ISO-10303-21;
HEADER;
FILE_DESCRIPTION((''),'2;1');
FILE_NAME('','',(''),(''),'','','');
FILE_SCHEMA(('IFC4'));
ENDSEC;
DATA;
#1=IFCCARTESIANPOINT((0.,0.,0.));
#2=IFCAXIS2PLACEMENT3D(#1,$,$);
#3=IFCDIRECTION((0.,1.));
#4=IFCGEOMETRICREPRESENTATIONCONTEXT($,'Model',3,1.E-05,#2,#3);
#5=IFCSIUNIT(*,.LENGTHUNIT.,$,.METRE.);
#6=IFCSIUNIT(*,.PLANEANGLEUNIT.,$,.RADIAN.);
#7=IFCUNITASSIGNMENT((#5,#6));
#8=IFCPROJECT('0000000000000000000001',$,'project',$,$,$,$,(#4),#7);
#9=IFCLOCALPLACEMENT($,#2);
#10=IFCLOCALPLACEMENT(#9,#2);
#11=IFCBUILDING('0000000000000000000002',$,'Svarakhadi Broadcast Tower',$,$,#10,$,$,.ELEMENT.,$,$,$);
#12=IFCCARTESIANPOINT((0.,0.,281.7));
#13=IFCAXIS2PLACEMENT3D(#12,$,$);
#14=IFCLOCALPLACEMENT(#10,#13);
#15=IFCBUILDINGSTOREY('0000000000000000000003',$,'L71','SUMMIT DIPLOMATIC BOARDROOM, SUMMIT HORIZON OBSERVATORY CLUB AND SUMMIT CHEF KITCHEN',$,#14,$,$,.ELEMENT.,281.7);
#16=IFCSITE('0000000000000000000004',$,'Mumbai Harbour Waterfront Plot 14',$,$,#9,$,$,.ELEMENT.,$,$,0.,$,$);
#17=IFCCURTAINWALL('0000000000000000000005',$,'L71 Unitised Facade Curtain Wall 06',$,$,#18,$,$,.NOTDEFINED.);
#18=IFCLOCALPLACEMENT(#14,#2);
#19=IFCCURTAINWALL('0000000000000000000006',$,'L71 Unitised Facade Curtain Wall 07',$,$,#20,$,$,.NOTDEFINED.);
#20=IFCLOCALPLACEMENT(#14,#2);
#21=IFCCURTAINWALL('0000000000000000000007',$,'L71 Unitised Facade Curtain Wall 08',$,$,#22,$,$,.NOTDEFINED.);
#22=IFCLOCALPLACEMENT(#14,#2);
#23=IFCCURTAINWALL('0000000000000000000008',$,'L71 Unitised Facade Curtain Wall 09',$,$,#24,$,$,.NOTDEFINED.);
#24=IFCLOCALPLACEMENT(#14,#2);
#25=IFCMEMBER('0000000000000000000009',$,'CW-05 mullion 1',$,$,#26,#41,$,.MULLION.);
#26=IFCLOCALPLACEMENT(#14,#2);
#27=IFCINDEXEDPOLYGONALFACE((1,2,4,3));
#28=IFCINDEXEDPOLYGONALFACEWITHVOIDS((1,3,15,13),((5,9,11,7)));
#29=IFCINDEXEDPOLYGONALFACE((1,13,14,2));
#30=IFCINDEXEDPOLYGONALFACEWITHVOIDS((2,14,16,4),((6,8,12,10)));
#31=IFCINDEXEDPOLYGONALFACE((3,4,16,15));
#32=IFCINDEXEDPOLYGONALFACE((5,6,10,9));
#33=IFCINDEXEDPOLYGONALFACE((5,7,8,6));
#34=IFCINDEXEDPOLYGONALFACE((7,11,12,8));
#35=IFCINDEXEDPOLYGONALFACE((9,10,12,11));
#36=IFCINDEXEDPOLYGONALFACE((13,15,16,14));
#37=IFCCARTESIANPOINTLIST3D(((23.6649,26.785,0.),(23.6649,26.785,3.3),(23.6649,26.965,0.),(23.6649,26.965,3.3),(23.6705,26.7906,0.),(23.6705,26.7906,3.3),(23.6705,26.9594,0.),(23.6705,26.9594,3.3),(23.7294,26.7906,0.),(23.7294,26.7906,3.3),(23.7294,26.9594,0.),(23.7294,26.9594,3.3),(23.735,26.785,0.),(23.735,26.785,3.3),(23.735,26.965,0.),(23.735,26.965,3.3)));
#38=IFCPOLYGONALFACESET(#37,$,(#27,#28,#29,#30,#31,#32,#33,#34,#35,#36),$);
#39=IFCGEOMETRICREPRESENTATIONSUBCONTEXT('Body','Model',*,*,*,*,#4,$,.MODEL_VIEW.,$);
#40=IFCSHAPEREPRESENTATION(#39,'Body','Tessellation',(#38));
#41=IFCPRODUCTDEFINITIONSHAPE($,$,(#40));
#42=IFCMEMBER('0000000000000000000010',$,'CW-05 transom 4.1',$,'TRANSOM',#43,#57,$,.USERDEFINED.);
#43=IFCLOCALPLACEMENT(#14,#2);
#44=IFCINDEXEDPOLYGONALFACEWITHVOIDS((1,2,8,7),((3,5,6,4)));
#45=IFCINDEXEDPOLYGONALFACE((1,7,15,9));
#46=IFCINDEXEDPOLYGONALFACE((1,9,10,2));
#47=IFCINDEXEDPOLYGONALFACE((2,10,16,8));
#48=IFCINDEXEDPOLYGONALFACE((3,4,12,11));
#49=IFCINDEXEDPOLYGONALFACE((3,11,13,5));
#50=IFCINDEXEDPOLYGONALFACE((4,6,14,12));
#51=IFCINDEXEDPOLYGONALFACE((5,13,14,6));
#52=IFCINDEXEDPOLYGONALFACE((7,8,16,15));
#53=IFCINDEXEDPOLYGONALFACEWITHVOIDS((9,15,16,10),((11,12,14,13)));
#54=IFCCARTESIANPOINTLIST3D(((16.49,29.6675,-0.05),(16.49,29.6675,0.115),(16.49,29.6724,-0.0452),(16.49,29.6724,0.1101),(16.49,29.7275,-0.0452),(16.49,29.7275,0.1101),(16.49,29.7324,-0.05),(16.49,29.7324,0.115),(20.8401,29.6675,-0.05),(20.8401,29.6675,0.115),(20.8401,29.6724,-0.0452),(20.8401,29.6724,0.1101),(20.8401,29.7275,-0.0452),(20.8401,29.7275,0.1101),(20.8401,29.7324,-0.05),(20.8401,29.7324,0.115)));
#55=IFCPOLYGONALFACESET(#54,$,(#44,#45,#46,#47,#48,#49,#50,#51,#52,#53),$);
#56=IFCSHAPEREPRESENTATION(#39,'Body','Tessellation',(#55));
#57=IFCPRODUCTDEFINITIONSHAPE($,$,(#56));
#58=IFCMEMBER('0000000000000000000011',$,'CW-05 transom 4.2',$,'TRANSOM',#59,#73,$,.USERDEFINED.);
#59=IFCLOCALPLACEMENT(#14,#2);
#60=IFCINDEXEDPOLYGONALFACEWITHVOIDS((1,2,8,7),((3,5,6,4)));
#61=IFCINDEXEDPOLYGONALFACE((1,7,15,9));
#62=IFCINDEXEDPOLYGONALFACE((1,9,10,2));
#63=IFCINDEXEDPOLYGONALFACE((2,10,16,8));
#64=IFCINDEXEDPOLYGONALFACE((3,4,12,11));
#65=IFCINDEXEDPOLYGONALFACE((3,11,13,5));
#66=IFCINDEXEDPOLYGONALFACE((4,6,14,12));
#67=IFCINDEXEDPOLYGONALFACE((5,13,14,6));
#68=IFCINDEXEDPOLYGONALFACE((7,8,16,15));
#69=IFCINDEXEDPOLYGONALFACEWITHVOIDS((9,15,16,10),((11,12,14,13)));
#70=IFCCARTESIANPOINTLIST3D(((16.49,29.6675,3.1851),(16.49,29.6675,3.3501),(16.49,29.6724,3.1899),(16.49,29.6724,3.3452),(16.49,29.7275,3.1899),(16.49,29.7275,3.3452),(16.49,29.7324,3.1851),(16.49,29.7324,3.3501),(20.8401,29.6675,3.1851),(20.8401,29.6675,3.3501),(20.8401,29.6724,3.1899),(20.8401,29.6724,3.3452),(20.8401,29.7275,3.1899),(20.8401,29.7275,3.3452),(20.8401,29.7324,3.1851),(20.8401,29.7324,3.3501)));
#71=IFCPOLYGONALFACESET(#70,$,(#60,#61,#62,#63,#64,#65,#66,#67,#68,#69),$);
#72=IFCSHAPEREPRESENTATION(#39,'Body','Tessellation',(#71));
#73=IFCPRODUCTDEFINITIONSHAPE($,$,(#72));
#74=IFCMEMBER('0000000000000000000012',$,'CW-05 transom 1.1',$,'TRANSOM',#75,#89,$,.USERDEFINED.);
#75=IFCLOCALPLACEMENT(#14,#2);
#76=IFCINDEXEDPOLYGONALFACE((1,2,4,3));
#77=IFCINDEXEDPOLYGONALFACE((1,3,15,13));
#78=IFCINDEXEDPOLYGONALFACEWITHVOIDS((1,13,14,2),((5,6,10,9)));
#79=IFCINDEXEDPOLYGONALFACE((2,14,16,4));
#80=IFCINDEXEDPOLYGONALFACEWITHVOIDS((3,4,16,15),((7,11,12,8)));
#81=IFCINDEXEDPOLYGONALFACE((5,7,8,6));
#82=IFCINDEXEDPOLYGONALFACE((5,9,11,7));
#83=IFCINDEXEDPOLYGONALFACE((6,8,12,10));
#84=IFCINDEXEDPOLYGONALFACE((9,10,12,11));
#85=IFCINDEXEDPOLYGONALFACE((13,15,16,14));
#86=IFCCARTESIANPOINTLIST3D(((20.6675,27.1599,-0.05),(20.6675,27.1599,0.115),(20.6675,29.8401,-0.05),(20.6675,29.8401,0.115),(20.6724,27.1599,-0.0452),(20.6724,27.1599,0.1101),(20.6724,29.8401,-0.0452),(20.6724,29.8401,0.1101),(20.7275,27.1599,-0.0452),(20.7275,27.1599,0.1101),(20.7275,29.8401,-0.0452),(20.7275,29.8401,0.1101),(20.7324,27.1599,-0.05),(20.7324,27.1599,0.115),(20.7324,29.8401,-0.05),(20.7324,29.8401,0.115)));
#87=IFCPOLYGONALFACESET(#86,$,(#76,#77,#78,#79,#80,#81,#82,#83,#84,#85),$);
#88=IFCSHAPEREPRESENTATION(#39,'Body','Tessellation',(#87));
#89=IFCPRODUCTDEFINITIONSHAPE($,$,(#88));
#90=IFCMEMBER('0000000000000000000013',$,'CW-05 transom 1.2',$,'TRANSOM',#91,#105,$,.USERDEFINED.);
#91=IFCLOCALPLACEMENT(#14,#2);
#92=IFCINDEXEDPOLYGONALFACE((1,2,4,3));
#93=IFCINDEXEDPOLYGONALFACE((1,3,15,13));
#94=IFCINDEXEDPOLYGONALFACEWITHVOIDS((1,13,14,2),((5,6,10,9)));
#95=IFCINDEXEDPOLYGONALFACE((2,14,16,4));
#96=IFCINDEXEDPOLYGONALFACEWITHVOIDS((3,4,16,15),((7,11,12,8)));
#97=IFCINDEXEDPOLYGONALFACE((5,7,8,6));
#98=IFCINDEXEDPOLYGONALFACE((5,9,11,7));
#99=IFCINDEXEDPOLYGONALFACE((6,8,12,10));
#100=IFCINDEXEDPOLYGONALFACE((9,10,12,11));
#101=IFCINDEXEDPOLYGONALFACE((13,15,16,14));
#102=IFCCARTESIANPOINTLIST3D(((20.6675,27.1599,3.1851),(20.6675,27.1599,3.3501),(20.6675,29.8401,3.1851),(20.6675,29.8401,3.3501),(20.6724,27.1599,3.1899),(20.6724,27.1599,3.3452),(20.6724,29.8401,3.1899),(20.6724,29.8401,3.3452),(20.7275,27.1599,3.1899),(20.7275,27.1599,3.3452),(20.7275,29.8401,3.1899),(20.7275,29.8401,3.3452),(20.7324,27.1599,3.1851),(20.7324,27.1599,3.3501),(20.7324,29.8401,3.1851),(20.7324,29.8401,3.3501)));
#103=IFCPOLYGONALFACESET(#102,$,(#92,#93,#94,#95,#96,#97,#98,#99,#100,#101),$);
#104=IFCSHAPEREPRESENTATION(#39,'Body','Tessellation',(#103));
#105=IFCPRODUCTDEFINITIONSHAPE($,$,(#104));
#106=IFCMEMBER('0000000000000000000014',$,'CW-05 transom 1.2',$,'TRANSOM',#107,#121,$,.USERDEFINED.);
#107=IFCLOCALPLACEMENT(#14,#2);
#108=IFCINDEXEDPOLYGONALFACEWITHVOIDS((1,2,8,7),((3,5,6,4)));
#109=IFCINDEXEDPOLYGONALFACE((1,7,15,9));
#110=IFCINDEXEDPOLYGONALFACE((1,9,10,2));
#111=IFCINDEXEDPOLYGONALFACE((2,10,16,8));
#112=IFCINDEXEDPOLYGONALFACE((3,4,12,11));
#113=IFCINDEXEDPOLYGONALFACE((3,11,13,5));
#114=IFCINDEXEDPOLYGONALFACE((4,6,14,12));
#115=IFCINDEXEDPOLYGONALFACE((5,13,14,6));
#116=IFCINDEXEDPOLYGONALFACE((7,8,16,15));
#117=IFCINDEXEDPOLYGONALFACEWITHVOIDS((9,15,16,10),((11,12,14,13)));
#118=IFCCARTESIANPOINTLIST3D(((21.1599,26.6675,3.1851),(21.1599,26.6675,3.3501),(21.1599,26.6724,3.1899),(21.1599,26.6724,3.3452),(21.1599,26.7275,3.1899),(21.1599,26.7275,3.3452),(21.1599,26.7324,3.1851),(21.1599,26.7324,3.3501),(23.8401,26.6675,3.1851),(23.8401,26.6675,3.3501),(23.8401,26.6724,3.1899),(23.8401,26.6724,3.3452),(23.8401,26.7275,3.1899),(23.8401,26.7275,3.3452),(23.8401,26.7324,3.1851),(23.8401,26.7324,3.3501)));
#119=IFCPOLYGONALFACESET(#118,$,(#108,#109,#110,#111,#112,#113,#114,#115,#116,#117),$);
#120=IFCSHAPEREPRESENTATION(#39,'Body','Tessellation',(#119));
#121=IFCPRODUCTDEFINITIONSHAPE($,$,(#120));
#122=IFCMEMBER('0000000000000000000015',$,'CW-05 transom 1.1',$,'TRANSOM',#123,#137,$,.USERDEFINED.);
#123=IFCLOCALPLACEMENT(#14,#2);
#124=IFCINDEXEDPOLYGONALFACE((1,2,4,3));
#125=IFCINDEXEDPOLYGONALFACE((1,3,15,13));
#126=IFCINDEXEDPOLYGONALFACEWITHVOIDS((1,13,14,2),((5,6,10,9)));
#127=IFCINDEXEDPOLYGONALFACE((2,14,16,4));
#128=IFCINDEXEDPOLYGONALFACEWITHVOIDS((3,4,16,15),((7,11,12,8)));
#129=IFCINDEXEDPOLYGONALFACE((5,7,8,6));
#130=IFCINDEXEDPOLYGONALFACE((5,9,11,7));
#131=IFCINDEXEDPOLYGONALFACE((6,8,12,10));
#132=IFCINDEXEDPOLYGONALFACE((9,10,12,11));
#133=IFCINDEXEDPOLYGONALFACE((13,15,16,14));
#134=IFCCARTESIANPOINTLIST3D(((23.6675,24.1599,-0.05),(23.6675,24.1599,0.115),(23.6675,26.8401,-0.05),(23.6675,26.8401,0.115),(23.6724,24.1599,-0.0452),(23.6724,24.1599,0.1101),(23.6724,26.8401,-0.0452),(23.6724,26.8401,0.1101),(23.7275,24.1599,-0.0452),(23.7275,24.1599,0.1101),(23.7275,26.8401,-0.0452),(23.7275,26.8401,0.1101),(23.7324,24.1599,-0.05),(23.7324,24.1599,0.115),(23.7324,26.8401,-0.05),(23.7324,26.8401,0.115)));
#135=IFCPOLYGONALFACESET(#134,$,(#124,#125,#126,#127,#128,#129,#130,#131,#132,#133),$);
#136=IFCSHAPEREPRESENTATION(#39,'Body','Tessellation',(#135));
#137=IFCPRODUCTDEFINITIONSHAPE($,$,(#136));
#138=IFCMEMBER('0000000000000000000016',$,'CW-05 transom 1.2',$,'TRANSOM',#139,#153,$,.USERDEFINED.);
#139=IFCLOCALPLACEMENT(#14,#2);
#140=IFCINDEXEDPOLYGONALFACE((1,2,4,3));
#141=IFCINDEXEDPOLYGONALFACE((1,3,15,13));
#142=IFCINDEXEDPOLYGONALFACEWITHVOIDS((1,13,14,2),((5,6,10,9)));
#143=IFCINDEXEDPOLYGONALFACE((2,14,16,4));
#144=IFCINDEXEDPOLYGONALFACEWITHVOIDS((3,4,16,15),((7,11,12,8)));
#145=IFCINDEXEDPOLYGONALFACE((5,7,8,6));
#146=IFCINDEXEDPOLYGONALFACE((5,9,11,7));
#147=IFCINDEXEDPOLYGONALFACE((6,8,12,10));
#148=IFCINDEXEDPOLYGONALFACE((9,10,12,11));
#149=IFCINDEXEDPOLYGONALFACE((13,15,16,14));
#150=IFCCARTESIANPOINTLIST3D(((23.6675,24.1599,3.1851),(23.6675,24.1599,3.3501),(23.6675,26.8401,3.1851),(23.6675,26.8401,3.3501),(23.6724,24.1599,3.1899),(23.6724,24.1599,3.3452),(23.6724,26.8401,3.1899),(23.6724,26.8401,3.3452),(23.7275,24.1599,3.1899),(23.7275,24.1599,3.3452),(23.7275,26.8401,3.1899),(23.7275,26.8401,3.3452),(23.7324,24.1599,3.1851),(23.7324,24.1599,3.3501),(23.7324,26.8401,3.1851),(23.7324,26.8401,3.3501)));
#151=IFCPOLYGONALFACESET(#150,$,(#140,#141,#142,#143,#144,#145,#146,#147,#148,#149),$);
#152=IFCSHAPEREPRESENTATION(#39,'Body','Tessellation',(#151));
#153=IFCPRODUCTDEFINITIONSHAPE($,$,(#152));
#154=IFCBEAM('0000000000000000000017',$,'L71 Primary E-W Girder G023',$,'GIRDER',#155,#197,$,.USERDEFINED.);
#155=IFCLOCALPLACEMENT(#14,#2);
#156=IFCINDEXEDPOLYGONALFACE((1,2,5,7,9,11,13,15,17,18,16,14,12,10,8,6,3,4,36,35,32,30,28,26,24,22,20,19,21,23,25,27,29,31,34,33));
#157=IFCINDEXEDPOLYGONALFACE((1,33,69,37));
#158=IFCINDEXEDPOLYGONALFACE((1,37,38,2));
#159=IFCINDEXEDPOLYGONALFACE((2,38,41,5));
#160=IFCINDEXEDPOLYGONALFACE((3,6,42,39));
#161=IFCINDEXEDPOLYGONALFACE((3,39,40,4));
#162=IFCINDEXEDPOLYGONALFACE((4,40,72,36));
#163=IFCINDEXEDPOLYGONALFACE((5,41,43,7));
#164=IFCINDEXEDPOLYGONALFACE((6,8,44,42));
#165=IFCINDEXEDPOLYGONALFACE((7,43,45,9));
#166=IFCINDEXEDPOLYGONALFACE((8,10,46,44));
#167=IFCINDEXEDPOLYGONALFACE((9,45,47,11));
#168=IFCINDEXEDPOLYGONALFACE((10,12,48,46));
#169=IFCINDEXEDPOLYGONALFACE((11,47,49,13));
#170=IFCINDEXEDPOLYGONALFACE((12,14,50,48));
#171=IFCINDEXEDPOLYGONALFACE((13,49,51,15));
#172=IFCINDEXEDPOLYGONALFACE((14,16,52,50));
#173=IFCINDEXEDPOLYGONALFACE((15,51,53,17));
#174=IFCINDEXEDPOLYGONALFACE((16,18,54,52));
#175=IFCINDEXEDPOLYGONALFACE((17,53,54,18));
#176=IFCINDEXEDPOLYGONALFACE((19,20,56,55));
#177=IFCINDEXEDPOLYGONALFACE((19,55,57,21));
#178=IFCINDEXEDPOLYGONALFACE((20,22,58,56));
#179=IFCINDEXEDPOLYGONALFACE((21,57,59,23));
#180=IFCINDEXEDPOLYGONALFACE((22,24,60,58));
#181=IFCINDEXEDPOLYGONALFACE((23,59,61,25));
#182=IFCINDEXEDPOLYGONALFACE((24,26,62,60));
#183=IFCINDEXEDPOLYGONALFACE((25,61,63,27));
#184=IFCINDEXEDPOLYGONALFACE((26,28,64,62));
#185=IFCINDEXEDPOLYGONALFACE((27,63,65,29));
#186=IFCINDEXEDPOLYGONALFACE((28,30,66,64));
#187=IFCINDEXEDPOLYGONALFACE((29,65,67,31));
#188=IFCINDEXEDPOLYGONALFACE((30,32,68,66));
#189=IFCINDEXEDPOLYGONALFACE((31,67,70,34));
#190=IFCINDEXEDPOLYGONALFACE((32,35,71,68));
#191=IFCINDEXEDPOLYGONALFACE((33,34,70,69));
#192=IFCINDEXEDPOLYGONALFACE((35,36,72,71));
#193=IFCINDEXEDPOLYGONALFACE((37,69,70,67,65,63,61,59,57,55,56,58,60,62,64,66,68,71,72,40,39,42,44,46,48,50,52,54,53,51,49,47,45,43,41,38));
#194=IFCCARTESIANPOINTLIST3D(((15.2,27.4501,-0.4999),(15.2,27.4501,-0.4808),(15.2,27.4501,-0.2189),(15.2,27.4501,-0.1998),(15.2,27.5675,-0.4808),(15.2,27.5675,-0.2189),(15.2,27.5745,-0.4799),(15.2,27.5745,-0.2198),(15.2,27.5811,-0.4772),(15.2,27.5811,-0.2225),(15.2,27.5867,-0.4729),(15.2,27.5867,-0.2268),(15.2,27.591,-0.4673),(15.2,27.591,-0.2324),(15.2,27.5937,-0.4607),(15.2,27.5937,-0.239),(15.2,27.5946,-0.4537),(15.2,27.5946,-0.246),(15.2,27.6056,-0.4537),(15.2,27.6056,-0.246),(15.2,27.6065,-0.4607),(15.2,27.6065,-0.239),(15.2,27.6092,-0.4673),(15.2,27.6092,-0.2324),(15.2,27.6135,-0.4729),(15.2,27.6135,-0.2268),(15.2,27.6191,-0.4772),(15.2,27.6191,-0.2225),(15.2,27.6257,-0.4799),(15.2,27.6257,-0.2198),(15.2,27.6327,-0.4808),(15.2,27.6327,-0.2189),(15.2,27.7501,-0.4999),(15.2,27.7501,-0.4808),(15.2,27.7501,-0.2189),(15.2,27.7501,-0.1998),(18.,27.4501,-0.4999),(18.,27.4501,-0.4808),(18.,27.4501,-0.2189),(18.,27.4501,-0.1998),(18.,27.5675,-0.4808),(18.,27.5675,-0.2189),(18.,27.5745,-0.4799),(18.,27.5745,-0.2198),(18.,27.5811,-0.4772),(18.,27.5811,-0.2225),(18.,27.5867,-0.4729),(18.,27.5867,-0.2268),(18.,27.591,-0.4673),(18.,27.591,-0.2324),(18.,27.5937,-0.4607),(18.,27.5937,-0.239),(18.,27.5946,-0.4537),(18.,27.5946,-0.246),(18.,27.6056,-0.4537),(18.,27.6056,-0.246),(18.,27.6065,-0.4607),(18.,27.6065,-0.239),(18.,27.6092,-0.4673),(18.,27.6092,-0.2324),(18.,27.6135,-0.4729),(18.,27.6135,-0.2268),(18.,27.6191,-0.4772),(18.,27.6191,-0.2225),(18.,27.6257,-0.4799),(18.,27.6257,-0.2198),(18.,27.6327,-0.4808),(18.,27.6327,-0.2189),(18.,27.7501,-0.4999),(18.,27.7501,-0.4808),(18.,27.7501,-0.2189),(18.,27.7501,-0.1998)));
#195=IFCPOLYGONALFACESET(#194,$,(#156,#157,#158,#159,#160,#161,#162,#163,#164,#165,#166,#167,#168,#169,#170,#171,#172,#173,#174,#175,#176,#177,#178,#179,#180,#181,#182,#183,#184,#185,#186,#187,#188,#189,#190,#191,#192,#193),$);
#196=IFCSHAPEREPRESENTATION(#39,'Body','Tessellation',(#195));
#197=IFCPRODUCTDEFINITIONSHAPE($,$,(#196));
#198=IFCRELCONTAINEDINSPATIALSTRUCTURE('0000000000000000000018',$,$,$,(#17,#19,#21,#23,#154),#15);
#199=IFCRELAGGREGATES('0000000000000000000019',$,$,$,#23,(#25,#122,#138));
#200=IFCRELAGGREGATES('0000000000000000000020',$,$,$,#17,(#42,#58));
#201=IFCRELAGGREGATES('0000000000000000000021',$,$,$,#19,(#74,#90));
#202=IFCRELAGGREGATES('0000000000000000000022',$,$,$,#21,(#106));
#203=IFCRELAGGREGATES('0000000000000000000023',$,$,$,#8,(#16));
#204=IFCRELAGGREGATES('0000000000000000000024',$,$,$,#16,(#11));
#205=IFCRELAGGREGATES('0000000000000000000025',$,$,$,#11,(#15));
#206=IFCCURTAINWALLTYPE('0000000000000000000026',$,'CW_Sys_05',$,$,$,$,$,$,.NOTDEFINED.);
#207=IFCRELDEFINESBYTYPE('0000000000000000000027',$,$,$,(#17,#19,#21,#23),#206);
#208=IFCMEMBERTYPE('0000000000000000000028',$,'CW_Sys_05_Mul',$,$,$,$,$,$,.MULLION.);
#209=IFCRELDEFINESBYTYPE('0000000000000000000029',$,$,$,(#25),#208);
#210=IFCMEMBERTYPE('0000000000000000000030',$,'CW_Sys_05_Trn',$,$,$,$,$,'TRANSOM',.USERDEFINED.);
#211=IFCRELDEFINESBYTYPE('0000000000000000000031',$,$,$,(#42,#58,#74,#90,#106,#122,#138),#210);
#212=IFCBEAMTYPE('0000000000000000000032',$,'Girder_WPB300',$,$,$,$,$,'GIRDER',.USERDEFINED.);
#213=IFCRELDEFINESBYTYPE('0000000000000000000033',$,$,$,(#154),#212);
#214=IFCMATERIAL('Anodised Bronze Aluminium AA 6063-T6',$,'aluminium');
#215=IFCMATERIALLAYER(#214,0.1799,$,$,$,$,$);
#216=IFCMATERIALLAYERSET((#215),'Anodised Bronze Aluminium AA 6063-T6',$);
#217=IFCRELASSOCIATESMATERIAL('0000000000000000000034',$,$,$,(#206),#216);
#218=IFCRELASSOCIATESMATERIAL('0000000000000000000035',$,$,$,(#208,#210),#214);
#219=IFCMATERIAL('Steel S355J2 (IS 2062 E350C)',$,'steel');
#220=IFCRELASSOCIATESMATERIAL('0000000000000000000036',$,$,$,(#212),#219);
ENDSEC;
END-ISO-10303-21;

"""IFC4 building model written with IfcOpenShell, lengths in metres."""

from ifc_helpers import new_model, si_unit, direction, frame, origin, origin_2d, place, context, subcontext, project, spatial, hollow_rectangle, i_section, extrude, material, layer, layer_set, material_profile, profile_set, type_object, element, aggregate, save


model = new_model("IFC4")

# Units and contexts
model_context = context("Model", 3, precision=1e-05, world=origin(), true_north=direction((0.0, 1.0)))
body_context = subcontext(model_context, "Body", "Model", "MODEL_VIEW")
ifc_project = project(units=[si_unit("LENGTHUNIT", "METRE"), si_unit("PLANEANGLEUNIT", "RADIAN")], contexts=[model_context])

# Site, building, storey
site_placement = place(None, origin())
site = spatial("IfcSite", under=ifc_project, at=site_placement, Name="Mumbai Harbour Waterfront Plot 14", CompositionType="ELEMENT", RefElevation=0.0)
building_placement = place(site_placement, origin())
building = spatial("IfcBuilding", under=site, at=building_placement, Name="Svarakhadi Broadcast Tower", CompositionType="ELEMENT")
storey_placement = place(building_placement, frame((0.0, 0.0, 281.7)))
storey = spatial("IfcBuildingStorey", under=building, at=storey_placement, Name="L71", Description="SUMMIT DIPLOMATIC BOARDROOM, SUMMIT HORIZON OBSERVATORY CLUB AND SUMMIT CHEF KITCHEN", CompositionType="ELEMENT", Elevation=281.7)

# Curtain walls
ifc_material_1 = material(Name="Anodised Bronze Aluminium AA 6063-T6", Category="aluminium")
ifc_layer_1 = layer(ifc_material_1, 0.1799)
ifc_layer_set_1 = layer_set([ifc_layer_1], Name="Anodised Bronze Aluminium AA 6063-T6")
curtain_wall_type = type_object("IfcCurtainWallType", Name="CW_Sys_05", PredefinedType="NOTDEFINED", material=ifc_layer_set_1)
curtain_wall_1_placement = place(storey_placement, origin())
curtain_wall_1 = element("IfcCurtainWall", 1, at=curtain_wall_1_placement, inside=storey, type_object=curtain_wall_type, Name="L71 Unitised Facade Curtain Wall 06", PredefinedType="NOTDEFINED")
ifc_material_profile_1 = material_profile(ifc_material_1, hollow_rectangle(XDim=0.0701, YDim=0.1799, WallThickness=0.0056, at=origin_2d()), Name="ALU MULLION 180x70x6")
ifc_profile_set_1 = profile_set([ifc_material_profile_1], Name="Anodised Bronze Aluminium AA 6063-T6")
member_type_1 = type_object("IfcMemberType", Name="CW_Sys_05_Mul", PredefinedType="MULLION", material=ifc_profile_set_1)
curtain_wall_2_placement = place(storey_placement, origin())
curtain_wall_2 = element("IfcCurtainWall", 2, at=curtain_wall_2_placement, inside=storey, type_object=curtain_wall_type, Name="L71 Unitised Facade Curtain Wall 07", PredefinedType="NOTDEFINED")

# Curtain walls, member
curtain_wall_3_placement = place(storey_placement, origin())
curtain_wall_3 = element("IfcCurtainWall", 3, at=curtain_wall_3_placement, inside=storey, type_object=curtain_wall_type, Name="L71 Unitised Facade Curtain Wall 08", PredefinedType="NOTDEFINED")
curtain_wall_4_placement = place(storey_placement, origin())
curtain_wall_4 = element("IfcCurtainWall", 4, at=curtain_wall_4_placement, inside=storey, type_object=curtain_wall_type, Name="L71 Unitised Facade Curtain Wall 09", PredefinedType="NOTDEFINED")
member_1_placement = place(storey_placement, frame((23.7, 26.875, 0.0), z_axis=(0.0, 0.0, 1.0), x_axis=(1.0, 0.0, 0.0)))
member_1 = element("IfcMember", 5, at=member_1_placement, type_object=member_type_1, Name="CW-05 mullion 1", PredefinedType="MULLION", context=body_context, shape_type="SweptSolid", body=[
    extrude(hollow_rectangle(XDim=0.0701, YDim=0.1799, WallThickness=0.0056, at=origin_2d()), origin(), (0.0, 0.0, 1.0), 3.3),
])

# Members
ifc_material_profile_2 = material_profile(ifc_material_1, hollow_rectangle(XDim=0.0649, YDim=0.165, WallThickness=0.0049, at=origin_2d()), Name="ALU TRANSOM 165x65x5")
ifc_profile_set_2 = profile_set([ifc_material_profile_2], Name="Anodised Bronze Aluminium AA 6063-T6")
member_type_2 = type_object("IfcMemberType", Name="CW_Sys_05_Trn", ElementType="TRANSOM", PredefinedType="USERDEFINED", material=ifc_profile_set_2)
member_2_placement = place(storey_placement, frame((16.49, 29.7, 0.0325), z_axis=(1.0, 0.0, 0.0), x_axis=(0.0, 1.0, 0.0)))
member_2 = element("IfcMember", 6, at=member_2_placement, type_object=member_type_2, Name="CW-05 transom 4.1", ObjectType="TRANSOM", PredefinedType="USERDEFINED", context=body_context, shape_type="SweptSolid", body=[
    extrude(hollow_rectangle(XDim=0.0649, YDim=0.165, WallThickness=0.0049, at=origin_2d()), origin(), (0.0, 0.0, 1.0), 4.3501),
])
member_3_placement = place(storey_placement, frame((16.49, 29.7, 3.2676), z_axis=(1.0, 0.0, 0.0), x_axis=(0.0, 1.0, 0.0)))
member_3 = element("IfcMember", 7, at=member_3_placement, type_object=member_type_2, Name="CW-05 transom 4.2", ObjectType="TRANSOM", PredefinedType="USERDEFINED", context=body_context, shape_type="SweptSolid", body=[
    extrude(hollow_rectangle(XDim=0.0649, YDim=0.165, WallThickness=0.0049, at=origin_2d()), origin(), (0.0, 0.0, 1.0), 4.3501),
])
member_4_placement = place(storey_placement, frame((20.7, 29.8401, 0.0325), z_axis=(0.0, -1.0, 0.0), x_axis=(1.0, 0.0, 0.0)))
member_4 = element("IfcMember", 8, at=member_4_placement, type_object=member_type_2, Name="CW-05 transom 1.1", ObjectType="TRANSOM", PredefinedType="USERDEFINED", context=body_context, shape_type="SweptSolid", body=[
    extrude(hollow_rectangle(XDim=0.0649, YDim=0.165, WallThickness=0.0049, at=origin_2d()), origin(), (0.0, 0.0, 1.0), 2.6802),
])
member_5_placement = place(storey_placement, frame((20.7, 29.8401, 3.2676), z_axis=(0.0, -1.0, 0.0), x_axis=(1.0, 0.0, 0.0)))
member_5 = element("IfcMember", 9, at=member_5_placement, type_object=member_type_2, Name="CW-05 transom 1.2", ObjectType="TRANSOM", PredefinedType="USERDEFINED", context=body_context, shape_type="SweptSolid", body=[
    extrude(hollow_rectangle(XDim=0.0649, YDim=0.165, WallThickness=0.0049, at=origin_2d()), origin(), (0.0, 0.0, 1.0), 2.6802),
])
member_6_placement = place(storey_placement, frame((21.1599, 26.7, 3.2676), z_axis=(1.0, 0.0, 0.0), x_axis=(0.0, 1.0, 0.0)))
member_6 = element("IfcMember", 10, at=member_6_placement, type_object=member_type_2, Name="CW-05 transom 1.2", ObjectType="TRANSOM", PredefinedType="USERDEFINED", context=body_context, shape_type="SweptSolid", body=[
    extrude(hollow_rectangle(XDim=0.0649, YDim=0.165, WallThickness=0.0049, at=origin_2d()), origin(), (0.0, 0.0, 1.0), 2.6802),
])
member_7_placement = place(storey_placement, frame((23.7, 26.8401, 0.0325), z_axis=(0.0, -1.0, 0.0), x_axis=(1.0, 0.0, 0.0)))
member_7 = element("IfcMember", 11, at=member_7_placement, type_object=member_type_2, Name="CW-05 transom 1.1", ObjectType="TRANSOM", PredefinedType="USERDEFINED", context=body_context, shape_type="SweptSolid", body=[
    extrude(hollow_rectangle(XDim=0.0649, YDim=0.165, WallThickness=0.0049, at=origin_2d()), origin(), (0.0, 0.0, 1.0), 2.6802),
])
member_8_placement = place(storey_placement, frame((23.7, 26.8401, 3.2676), z_axis=(0.0, -1.0, 0.0), x_axis=(1.0, 0.0, 0.0)))
member_8 = element("IfcMember", 12, at=member_8_placement, type_object=member_type_2, Name="CW-05 transom 1.2", ObjectType="TRANSOM", PredefinedType="USERDEFINED", context=body_context, shape_type="SweptSolid", body=[
    extrude(hollow_rectangle(XDim=0.0649, YDim=0.165, WallThickness=0.0049, at=origin_2d()), origin(), (0.0, 0.0, 1.0), 2.6802),
])
aggregate(curtain_wall_4, [member_1, member_7, member_8])

# Beam
ifc_material_2 = material(Name="Steel S355J2 (IS 2062 E350C)", Category="steel")
ifc_material_profile_3 = material_profile(ifc_material_2, i_section(OverallWidth=0.3, OverallDepth=0.3, WebThickness=0.011, FlangeThickness=0.019, FilletRadius=0.0271, at=origin_2d()), Name="WPB 300x300x117")
ifc_profile_set_3 = profile_set([ifc_material_profile_3], Name="Steel S355J2 (IS 2062 E350C)")
beam_type = type_object("IfcBeamType", Name="Girder_WPB300", ElementType="GIRDER", PredefinedType="USERDEFINED", material=ifc_profile_set_3)
beam_placement = place(storey_placement, frame((15.2, 27.6001, -0.3499), z_axis=(1.0, 0.0, 0.0), x_axis=(0.0, 1.0, 0.0)))
element("IfcBeam", 13, at=beam_placement, inside=storey, type_object=beam_type, Name="L71 Primary E-W Girder G023", ObjectType="GIRDER", PredefinedType="USERDEFINED", context=body_context, shape_type="SweptSolid", body=[
    extrude(i_section(OverallWidth=0.3, OverallDepth=0.3, WebThickness=0.011, FlangeThickness=0.019, FilletRadius=0.0271, at=origin_2d()), origin(), (0.0, 0.0, 1.0), 2.8),
])

aggregate(curtain_wall_1, [member_2, member_3])
aggregate(curtain_wall_2, [member_4, member_5])
aggregate(curtain_wall_3, [member_6])

save(model, "model.ifc")
